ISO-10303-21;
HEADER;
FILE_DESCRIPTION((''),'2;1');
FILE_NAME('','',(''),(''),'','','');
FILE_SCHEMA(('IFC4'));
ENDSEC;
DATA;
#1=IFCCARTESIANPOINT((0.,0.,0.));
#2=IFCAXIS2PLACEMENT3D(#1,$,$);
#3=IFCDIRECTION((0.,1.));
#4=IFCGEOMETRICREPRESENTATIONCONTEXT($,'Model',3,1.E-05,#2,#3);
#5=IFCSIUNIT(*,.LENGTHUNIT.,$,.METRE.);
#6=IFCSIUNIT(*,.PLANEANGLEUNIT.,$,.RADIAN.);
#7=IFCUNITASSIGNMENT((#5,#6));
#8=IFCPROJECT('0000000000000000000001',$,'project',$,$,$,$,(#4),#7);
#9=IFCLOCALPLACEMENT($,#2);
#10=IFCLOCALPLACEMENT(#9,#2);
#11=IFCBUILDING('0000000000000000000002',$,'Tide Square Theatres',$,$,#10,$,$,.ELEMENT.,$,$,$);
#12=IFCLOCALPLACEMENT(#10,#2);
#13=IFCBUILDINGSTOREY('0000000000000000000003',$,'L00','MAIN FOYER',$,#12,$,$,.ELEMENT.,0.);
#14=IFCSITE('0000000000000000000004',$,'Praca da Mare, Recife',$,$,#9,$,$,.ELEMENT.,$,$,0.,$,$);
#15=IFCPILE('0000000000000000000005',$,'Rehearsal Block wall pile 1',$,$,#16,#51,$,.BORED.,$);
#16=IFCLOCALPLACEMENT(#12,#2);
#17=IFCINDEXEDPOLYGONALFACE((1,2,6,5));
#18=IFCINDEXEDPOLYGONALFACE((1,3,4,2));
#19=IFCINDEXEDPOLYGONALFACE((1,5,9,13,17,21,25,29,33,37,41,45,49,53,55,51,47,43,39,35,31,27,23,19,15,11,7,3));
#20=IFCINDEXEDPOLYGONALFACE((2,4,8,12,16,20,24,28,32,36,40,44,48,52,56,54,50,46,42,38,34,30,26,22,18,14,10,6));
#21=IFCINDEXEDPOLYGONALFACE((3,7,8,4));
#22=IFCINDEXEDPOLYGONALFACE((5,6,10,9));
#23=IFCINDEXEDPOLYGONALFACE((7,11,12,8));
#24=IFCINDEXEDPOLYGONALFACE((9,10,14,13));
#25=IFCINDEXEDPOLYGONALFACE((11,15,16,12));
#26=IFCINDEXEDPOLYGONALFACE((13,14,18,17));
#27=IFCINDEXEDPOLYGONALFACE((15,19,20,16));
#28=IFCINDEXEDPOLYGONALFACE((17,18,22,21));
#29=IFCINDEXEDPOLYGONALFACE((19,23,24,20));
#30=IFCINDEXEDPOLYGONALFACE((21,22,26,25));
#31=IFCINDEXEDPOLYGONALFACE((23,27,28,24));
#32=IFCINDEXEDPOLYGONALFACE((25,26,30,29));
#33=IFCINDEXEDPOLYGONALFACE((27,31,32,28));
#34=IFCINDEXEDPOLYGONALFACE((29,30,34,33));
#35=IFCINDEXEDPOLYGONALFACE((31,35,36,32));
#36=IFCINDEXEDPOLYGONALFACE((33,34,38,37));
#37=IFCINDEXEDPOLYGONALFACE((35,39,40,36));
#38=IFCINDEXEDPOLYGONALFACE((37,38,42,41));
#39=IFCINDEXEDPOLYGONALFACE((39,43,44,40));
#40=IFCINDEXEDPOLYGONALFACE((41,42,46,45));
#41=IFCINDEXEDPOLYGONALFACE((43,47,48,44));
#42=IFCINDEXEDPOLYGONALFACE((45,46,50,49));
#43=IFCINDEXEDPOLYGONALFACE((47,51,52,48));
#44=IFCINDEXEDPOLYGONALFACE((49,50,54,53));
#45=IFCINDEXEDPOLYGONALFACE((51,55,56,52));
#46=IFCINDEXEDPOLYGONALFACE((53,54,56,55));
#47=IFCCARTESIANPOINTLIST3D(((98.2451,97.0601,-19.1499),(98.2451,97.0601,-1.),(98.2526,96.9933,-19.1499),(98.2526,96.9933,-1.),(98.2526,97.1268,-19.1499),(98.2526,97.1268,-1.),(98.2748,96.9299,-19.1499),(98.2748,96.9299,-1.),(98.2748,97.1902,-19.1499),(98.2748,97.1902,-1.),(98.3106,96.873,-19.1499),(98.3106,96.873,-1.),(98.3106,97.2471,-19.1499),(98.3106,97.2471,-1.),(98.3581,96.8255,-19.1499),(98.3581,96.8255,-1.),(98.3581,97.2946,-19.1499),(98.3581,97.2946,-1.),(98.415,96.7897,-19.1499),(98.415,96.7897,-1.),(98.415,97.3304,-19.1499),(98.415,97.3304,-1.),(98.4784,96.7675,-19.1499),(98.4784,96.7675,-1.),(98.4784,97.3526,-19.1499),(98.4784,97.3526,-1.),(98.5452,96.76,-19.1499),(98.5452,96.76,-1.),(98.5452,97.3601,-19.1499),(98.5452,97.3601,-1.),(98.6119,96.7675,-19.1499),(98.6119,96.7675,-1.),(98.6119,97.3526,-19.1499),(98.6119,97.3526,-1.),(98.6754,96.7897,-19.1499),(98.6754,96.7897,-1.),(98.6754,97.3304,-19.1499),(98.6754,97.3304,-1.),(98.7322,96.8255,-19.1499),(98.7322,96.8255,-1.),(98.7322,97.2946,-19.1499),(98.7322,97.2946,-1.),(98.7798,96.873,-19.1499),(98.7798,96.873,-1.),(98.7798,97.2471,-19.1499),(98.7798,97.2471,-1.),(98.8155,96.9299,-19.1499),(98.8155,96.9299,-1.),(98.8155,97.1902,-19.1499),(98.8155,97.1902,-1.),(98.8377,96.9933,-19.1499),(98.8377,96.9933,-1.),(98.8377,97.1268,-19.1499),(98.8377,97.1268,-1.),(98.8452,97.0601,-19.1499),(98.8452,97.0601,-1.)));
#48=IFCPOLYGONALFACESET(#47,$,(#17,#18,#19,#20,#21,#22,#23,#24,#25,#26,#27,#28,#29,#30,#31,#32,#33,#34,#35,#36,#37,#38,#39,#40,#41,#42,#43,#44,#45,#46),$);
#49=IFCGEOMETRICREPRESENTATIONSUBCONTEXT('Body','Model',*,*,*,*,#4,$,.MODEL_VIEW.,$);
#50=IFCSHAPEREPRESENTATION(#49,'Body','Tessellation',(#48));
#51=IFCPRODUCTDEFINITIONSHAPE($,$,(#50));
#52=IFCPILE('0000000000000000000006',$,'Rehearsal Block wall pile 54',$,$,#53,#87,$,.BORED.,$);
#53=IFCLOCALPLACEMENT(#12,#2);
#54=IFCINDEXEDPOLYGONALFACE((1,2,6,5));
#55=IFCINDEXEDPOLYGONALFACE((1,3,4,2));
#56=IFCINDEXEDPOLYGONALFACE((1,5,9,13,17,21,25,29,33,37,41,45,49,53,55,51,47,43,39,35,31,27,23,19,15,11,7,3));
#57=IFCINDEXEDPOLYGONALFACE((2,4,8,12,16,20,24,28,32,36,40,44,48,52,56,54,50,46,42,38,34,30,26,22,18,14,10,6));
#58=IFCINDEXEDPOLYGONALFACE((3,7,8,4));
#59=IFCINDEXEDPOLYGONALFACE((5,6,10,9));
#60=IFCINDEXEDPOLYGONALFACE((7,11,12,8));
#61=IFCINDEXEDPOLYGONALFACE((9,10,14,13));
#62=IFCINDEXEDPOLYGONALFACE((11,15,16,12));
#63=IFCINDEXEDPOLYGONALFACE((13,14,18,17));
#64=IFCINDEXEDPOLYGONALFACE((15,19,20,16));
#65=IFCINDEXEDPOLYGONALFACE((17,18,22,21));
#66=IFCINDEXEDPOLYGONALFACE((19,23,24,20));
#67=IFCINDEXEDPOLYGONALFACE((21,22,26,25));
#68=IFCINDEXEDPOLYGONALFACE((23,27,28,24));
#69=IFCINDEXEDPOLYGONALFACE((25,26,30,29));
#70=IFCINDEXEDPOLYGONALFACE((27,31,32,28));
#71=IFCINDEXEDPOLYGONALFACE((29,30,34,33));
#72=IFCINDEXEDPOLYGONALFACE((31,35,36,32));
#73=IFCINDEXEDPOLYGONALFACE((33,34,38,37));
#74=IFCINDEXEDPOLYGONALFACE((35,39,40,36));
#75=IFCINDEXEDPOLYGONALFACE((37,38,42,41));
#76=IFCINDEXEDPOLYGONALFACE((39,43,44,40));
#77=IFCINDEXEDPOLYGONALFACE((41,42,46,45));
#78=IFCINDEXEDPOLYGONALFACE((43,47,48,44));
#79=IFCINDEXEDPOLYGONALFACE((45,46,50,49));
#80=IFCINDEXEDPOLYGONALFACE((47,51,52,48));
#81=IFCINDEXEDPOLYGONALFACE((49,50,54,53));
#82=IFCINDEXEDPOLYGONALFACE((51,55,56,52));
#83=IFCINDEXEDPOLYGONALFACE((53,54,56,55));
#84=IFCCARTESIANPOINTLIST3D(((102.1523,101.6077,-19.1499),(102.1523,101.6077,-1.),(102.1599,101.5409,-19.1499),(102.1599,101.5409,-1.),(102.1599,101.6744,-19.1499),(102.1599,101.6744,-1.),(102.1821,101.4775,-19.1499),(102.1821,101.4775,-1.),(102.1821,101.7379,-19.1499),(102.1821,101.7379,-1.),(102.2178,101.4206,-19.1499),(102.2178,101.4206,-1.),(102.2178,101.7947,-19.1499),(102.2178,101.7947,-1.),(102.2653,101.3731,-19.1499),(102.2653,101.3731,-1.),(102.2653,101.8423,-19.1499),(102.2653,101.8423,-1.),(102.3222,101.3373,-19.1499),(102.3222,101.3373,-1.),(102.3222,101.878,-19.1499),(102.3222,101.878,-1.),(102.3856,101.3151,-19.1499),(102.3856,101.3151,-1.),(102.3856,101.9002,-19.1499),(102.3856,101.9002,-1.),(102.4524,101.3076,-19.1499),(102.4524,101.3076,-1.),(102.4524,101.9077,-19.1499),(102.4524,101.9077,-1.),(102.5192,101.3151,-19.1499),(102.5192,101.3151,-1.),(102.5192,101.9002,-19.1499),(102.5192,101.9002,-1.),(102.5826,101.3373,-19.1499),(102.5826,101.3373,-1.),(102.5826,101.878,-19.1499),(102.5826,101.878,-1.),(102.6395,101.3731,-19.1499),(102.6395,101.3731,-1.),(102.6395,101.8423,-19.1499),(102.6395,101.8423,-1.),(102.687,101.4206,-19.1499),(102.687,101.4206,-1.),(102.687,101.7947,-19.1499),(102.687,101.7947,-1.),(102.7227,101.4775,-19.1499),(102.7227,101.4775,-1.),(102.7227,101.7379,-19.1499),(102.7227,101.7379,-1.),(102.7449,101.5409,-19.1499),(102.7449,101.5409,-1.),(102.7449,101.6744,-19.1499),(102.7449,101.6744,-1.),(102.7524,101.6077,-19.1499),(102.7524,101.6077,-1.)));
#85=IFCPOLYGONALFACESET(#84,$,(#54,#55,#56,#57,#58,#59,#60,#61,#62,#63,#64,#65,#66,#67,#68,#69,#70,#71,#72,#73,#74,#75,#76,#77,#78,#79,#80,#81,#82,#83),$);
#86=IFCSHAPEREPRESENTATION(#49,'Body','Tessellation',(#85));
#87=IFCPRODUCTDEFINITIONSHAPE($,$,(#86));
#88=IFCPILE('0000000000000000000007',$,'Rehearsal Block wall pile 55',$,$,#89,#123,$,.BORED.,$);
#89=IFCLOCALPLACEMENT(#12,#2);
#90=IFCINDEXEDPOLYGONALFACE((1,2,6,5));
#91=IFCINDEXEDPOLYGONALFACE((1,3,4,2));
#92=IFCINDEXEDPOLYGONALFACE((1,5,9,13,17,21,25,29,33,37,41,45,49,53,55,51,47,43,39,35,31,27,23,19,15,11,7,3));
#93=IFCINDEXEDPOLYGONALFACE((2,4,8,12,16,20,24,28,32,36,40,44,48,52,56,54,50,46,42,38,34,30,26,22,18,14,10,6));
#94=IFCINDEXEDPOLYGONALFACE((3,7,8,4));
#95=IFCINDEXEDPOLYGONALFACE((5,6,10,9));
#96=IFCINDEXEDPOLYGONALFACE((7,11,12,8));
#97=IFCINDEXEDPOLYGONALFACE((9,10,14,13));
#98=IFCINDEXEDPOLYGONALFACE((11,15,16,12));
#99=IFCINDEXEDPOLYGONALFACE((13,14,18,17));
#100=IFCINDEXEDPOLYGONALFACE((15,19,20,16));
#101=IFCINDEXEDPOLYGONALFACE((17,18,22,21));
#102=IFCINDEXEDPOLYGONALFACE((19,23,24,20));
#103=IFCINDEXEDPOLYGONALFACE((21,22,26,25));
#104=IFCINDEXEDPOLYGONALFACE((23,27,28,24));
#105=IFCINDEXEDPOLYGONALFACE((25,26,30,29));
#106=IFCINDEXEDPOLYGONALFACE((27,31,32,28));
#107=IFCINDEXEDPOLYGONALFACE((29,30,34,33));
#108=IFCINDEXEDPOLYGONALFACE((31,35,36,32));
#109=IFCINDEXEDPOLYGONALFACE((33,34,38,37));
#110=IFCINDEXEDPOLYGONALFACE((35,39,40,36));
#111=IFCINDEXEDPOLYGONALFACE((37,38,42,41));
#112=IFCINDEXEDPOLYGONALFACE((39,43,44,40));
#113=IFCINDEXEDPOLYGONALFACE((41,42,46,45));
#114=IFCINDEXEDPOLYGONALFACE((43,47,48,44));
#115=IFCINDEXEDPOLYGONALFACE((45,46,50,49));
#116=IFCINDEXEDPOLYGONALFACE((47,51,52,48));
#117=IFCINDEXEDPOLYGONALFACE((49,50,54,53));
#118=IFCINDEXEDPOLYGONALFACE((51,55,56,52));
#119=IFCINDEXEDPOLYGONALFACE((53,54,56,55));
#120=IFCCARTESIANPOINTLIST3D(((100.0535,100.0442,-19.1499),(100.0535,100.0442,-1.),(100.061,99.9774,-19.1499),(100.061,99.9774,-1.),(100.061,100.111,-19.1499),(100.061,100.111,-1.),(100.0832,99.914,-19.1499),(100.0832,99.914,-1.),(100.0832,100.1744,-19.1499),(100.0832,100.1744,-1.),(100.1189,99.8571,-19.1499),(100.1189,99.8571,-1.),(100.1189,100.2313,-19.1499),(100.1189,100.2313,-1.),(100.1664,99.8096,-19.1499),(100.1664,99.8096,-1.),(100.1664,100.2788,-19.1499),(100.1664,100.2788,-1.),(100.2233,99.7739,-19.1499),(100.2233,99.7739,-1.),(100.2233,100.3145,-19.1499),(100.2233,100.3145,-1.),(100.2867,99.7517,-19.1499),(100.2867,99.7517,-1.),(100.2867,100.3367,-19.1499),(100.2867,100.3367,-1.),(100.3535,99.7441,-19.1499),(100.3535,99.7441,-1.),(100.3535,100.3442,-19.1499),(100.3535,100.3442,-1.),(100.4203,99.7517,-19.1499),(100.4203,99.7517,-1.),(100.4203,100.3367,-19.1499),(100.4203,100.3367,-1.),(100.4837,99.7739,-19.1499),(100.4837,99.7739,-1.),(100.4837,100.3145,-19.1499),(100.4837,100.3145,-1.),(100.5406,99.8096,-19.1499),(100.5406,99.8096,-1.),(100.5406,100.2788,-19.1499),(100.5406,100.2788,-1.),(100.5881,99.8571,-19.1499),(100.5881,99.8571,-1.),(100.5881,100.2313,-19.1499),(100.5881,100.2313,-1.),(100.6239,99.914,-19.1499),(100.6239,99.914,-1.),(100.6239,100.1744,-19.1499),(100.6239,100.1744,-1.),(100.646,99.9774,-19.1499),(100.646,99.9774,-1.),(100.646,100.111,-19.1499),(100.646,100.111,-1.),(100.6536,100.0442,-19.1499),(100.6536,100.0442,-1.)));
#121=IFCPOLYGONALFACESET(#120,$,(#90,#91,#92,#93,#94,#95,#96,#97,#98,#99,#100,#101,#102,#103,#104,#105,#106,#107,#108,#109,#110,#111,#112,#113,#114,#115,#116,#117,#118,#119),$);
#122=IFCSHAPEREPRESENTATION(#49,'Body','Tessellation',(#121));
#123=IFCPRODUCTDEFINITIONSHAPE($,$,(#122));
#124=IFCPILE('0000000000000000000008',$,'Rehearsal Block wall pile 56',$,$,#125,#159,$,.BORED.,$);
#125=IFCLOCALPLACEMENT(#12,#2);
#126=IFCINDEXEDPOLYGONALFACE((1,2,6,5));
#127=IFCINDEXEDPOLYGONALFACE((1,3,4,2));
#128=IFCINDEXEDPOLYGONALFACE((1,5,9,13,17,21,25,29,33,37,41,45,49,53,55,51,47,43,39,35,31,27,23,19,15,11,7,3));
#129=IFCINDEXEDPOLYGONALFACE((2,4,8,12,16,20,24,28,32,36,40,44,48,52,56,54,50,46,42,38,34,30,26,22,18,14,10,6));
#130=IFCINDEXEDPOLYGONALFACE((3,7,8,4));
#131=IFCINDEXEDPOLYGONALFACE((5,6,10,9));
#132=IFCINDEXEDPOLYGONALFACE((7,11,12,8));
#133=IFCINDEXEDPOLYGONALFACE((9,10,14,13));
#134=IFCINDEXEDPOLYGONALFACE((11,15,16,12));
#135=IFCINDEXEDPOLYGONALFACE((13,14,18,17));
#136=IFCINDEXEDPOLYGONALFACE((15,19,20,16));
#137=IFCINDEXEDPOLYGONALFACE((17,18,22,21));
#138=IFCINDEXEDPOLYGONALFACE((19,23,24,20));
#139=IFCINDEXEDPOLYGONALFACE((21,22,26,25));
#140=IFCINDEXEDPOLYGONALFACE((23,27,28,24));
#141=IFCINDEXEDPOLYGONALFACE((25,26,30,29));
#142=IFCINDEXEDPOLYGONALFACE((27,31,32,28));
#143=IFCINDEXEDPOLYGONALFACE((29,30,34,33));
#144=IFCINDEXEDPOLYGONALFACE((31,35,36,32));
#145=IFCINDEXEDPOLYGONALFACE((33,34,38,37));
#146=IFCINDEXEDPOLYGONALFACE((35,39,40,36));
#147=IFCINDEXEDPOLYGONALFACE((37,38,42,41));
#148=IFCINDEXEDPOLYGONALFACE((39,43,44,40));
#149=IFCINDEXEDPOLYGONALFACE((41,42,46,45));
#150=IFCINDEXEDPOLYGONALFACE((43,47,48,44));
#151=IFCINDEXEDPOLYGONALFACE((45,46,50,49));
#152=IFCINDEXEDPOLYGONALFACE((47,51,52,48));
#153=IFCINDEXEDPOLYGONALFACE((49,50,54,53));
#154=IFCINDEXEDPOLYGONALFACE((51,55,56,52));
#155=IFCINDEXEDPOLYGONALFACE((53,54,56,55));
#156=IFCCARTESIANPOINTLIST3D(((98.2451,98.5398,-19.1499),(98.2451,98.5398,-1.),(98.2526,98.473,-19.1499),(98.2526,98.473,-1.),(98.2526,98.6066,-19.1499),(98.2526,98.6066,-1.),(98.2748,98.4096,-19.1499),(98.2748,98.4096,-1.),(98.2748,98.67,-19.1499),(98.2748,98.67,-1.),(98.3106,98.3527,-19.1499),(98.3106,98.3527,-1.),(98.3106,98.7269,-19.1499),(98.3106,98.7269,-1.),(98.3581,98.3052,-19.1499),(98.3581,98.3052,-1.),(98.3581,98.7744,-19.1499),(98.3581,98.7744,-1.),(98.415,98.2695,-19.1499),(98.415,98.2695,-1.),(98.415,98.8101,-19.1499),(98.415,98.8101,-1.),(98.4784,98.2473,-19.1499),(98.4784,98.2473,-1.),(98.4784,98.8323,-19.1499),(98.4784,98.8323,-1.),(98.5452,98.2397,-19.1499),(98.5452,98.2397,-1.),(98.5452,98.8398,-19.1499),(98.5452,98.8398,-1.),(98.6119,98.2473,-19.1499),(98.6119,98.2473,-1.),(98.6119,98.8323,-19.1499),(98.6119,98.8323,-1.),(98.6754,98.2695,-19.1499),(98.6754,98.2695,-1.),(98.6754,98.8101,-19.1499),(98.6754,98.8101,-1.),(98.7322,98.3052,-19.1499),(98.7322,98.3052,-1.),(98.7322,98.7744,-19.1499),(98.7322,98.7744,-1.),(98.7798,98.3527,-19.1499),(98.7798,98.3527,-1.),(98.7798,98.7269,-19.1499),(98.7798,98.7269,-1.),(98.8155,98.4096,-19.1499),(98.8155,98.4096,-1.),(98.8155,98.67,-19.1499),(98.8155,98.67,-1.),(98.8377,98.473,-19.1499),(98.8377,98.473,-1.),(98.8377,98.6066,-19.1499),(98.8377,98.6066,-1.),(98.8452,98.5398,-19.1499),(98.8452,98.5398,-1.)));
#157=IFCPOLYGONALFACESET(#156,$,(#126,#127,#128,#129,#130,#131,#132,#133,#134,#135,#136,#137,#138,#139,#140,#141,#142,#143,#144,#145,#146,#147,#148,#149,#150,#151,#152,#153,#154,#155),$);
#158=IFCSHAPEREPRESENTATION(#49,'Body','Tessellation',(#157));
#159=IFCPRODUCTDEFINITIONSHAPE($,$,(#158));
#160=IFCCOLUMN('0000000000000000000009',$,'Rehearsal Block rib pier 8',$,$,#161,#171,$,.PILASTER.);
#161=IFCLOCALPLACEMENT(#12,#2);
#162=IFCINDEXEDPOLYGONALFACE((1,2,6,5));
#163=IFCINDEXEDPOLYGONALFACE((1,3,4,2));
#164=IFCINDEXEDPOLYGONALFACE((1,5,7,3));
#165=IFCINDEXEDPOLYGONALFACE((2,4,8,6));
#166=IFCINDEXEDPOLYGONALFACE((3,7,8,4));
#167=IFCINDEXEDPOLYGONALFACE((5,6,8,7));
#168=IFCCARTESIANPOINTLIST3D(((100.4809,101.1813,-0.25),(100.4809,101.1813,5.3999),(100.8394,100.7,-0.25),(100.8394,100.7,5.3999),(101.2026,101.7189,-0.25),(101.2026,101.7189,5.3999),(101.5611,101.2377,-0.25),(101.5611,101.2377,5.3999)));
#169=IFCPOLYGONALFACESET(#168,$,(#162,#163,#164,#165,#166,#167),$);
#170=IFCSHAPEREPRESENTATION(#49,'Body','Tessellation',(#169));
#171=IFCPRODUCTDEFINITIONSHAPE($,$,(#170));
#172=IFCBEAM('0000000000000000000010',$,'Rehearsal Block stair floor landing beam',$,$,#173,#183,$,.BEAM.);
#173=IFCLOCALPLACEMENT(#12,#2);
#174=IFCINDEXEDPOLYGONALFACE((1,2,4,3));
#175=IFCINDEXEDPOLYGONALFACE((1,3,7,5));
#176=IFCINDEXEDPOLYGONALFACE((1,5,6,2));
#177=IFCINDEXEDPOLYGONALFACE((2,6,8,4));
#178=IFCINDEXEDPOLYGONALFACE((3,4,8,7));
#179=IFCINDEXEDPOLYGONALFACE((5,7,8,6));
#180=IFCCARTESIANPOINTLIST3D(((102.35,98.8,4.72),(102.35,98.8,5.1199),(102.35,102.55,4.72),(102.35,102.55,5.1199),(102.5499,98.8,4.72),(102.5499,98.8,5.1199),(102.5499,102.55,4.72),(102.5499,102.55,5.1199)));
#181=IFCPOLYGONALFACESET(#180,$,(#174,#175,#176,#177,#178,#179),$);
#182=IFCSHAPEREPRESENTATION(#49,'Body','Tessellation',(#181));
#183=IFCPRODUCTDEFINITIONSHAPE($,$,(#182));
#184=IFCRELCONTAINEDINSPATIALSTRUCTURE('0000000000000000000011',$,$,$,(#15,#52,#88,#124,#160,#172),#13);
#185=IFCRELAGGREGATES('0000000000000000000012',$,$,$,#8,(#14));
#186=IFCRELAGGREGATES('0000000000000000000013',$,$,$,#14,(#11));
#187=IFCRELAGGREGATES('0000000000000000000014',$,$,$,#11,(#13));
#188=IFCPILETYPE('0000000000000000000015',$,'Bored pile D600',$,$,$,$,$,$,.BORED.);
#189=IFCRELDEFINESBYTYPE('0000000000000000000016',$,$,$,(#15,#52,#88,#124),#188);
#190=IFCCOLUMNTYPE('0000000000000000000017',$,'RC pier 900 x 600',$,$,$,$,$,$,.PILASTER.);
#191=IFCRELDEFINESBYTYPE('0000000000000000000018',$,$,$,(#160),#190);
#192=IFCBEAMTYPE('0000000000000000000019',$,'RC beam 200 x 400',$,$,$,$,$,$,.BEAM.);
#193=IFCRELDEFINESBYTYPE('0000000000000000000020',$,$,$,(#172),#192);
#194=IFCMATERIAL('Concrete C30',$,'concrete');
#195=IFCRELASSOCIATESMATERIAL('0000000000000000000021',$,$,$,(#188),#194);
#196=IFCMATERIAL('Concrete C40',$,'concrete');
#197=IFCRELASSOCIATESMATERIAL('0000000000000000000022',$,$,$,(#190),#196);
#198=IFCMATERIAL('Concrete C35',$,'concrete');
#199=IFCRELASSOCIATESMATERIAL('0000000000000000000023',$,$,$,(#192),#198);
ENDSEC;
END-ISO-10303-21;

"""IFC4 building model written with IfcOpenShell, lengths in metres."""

from ifc_helpers import new_model, si_unit, direction, frame, origin, origin_2d, place, context, subcontext, project, spatial, rectangle, circle, extrude, material, material_profile, profile_set, type_object, element, save


model = new_model("IFC4")

# Units and contexts
model_context = context("Model", 3, precision=1e-05, world=origin(), true_north=direction((0.0, 1.0)))
body_context = subcontext(model_context, "Body", "Model", "MODEL_VIEW")
ifc_project = project(units=[si_unit("LENGTHUNIT", "METRE"), si_unit("PLANEANGLEUNIT", "RADIAN")], contexts=[model_context])

# Site, building, storey
site_placement = place(None, origin())
site = spatial("IfcSite", under=ifc_project, at=site_placement, Name="Praca da Mare, Recife", CompositionType="ELEMENT", RefElevation=0.0)
building_placement = place(site_placement, origin())
building = spatial("IfcBuilding", under=site, at=building_placement, Name="Tide Square Theatres", CompositionType="ELEMENT")
storey_placement = place(building_placement, origin())
storey = spatial("IfcBuildingStorey", under=building, at=storey_placement, Name="L00", Description="MAIN FOYER", CompositionType="ELEMENT", Elevation=0.0)

# Piles
ifc_material_1 = material(Name="Concrete C30", Category="concrete")
ifc_material_profile_1 = material_profile(ifc_material_1, circle(Radius=0.3, at=origin_2d()))
ifc_profile_set_1 = profile_set([ifc_material_profile_1], Name="Concrete C30")
pile_type = type_object("IfcPileType", Name="Bored pile D600", PredefinedType="BORED", material=ifc_profile_set_1)
for number, where, z_axis, x_axis, name in (
    (1, (98.5452, 97.0601, -1.0), (0.0, 0.0, -1.0), (1.0, 0.0, 0.0), "Rehearsal Block wall pile 1"),
    (2, (102.4524, 101.6077, -1.0), (0.0, 0.0, -1.0), (1.0, 0.0, 0.0), "Rehearsal Block wall pile 54"),
    (3, (100.3535, 100.0442, -1.0), (0.0, 0.0, -1.0), (1.0, 0.0, 0.0), "Rehearsal Block wall pile 55"),
    (4, (98.5452, 98.5398, -1.0), (0.0, 0.0, -1.0), (1.0, 0.0, 0.0), "Rehearsal Block wall pile 56"),
):
    element("IfcPile", number, at=place(storey_placement, frame(where, z_axis=z_axis, x_axis=x_axis)), inside=storey, type_object=pile_type, Name=name, PredefinedType="BORED", context=body_context, shape_type="SweptSolid", body=[
        extrude(circle(Radius=0.3, at=origin_2d()), origin(), (0.0, 0.0, 1.0), 18.1499),
    ])

# Column
ifc_material_2 = material(Name="Concrete C40", Category="concrete")
ifc_material_profile_2 = material_profile(ifc_material_2, rectangle(XDim=0.8999, YDim=0.6001, at=origin_2d()))
ifc_profile_set_2 = profile_set([ifc_material_profile_2], Name="Concrete C40")
column_type = type_object("IfcColumnType", Name="RC pier 900 x 600", PredefinedType="PILASTER", material=ifc_profile_set_2)
column_placement = place(storey_placement, frame((101.021, 101.2095, -0.25), z_axis=(0.0, 0.0, 1.0), x_axis=(-0.801928, -0.597421, 0.0)))
element("IfcColumn", 5, at=column_placement, inside=storey, type_object=column_type, Name="Rehearsal Block rib pier 8", PredefinedType="PILASTER", context=body_context, shape_type="SweptSolid", body=[
    extrude(rectangle(XDim=0.8999, YDim=0.6001, at=origin_2d()), origin(), (0.0, 0.0, 1.0), 5.6499),
])

# Beam
ifc_material_3 = material(Name="Concrete C35", Category="concrete")
ifc_material_profile_3 = material_profile(ifc_material_3, rectangle(XDim=0.2, YDim=0.3999, at=origin_2d()))
ifc_profile_set_3 = profile_set([ifc_material_profile_3], Name="Concrete C35")
beam_type = type_object("IfcBeamType", Name="RC beam 200 x 400", PredefinedType="BEAM", material=ifc_profile_set_3)
beam_placement = place(storey_placement, frame((102.45, 98.8, 4.9199), z_axis=(0.0, 1.0, 0.0), x_axis=(-1.0, 0.0, 0.0)))
element("IfcBeam", 6, at=beam_placement, inside=storey, type_object=beam_type, Name="Rehearsal Block stair floor landing beam", PredefinedType="BEAM", context=body_context, shape_type="SweptSolid", body=[
    extrude(rectangle(XDim=0.2, YDim=0.3999, at=origin_2d()), origin(), (0.0, 0.0, 1.0), 3.75),
])

save(model, "model.ifc")
